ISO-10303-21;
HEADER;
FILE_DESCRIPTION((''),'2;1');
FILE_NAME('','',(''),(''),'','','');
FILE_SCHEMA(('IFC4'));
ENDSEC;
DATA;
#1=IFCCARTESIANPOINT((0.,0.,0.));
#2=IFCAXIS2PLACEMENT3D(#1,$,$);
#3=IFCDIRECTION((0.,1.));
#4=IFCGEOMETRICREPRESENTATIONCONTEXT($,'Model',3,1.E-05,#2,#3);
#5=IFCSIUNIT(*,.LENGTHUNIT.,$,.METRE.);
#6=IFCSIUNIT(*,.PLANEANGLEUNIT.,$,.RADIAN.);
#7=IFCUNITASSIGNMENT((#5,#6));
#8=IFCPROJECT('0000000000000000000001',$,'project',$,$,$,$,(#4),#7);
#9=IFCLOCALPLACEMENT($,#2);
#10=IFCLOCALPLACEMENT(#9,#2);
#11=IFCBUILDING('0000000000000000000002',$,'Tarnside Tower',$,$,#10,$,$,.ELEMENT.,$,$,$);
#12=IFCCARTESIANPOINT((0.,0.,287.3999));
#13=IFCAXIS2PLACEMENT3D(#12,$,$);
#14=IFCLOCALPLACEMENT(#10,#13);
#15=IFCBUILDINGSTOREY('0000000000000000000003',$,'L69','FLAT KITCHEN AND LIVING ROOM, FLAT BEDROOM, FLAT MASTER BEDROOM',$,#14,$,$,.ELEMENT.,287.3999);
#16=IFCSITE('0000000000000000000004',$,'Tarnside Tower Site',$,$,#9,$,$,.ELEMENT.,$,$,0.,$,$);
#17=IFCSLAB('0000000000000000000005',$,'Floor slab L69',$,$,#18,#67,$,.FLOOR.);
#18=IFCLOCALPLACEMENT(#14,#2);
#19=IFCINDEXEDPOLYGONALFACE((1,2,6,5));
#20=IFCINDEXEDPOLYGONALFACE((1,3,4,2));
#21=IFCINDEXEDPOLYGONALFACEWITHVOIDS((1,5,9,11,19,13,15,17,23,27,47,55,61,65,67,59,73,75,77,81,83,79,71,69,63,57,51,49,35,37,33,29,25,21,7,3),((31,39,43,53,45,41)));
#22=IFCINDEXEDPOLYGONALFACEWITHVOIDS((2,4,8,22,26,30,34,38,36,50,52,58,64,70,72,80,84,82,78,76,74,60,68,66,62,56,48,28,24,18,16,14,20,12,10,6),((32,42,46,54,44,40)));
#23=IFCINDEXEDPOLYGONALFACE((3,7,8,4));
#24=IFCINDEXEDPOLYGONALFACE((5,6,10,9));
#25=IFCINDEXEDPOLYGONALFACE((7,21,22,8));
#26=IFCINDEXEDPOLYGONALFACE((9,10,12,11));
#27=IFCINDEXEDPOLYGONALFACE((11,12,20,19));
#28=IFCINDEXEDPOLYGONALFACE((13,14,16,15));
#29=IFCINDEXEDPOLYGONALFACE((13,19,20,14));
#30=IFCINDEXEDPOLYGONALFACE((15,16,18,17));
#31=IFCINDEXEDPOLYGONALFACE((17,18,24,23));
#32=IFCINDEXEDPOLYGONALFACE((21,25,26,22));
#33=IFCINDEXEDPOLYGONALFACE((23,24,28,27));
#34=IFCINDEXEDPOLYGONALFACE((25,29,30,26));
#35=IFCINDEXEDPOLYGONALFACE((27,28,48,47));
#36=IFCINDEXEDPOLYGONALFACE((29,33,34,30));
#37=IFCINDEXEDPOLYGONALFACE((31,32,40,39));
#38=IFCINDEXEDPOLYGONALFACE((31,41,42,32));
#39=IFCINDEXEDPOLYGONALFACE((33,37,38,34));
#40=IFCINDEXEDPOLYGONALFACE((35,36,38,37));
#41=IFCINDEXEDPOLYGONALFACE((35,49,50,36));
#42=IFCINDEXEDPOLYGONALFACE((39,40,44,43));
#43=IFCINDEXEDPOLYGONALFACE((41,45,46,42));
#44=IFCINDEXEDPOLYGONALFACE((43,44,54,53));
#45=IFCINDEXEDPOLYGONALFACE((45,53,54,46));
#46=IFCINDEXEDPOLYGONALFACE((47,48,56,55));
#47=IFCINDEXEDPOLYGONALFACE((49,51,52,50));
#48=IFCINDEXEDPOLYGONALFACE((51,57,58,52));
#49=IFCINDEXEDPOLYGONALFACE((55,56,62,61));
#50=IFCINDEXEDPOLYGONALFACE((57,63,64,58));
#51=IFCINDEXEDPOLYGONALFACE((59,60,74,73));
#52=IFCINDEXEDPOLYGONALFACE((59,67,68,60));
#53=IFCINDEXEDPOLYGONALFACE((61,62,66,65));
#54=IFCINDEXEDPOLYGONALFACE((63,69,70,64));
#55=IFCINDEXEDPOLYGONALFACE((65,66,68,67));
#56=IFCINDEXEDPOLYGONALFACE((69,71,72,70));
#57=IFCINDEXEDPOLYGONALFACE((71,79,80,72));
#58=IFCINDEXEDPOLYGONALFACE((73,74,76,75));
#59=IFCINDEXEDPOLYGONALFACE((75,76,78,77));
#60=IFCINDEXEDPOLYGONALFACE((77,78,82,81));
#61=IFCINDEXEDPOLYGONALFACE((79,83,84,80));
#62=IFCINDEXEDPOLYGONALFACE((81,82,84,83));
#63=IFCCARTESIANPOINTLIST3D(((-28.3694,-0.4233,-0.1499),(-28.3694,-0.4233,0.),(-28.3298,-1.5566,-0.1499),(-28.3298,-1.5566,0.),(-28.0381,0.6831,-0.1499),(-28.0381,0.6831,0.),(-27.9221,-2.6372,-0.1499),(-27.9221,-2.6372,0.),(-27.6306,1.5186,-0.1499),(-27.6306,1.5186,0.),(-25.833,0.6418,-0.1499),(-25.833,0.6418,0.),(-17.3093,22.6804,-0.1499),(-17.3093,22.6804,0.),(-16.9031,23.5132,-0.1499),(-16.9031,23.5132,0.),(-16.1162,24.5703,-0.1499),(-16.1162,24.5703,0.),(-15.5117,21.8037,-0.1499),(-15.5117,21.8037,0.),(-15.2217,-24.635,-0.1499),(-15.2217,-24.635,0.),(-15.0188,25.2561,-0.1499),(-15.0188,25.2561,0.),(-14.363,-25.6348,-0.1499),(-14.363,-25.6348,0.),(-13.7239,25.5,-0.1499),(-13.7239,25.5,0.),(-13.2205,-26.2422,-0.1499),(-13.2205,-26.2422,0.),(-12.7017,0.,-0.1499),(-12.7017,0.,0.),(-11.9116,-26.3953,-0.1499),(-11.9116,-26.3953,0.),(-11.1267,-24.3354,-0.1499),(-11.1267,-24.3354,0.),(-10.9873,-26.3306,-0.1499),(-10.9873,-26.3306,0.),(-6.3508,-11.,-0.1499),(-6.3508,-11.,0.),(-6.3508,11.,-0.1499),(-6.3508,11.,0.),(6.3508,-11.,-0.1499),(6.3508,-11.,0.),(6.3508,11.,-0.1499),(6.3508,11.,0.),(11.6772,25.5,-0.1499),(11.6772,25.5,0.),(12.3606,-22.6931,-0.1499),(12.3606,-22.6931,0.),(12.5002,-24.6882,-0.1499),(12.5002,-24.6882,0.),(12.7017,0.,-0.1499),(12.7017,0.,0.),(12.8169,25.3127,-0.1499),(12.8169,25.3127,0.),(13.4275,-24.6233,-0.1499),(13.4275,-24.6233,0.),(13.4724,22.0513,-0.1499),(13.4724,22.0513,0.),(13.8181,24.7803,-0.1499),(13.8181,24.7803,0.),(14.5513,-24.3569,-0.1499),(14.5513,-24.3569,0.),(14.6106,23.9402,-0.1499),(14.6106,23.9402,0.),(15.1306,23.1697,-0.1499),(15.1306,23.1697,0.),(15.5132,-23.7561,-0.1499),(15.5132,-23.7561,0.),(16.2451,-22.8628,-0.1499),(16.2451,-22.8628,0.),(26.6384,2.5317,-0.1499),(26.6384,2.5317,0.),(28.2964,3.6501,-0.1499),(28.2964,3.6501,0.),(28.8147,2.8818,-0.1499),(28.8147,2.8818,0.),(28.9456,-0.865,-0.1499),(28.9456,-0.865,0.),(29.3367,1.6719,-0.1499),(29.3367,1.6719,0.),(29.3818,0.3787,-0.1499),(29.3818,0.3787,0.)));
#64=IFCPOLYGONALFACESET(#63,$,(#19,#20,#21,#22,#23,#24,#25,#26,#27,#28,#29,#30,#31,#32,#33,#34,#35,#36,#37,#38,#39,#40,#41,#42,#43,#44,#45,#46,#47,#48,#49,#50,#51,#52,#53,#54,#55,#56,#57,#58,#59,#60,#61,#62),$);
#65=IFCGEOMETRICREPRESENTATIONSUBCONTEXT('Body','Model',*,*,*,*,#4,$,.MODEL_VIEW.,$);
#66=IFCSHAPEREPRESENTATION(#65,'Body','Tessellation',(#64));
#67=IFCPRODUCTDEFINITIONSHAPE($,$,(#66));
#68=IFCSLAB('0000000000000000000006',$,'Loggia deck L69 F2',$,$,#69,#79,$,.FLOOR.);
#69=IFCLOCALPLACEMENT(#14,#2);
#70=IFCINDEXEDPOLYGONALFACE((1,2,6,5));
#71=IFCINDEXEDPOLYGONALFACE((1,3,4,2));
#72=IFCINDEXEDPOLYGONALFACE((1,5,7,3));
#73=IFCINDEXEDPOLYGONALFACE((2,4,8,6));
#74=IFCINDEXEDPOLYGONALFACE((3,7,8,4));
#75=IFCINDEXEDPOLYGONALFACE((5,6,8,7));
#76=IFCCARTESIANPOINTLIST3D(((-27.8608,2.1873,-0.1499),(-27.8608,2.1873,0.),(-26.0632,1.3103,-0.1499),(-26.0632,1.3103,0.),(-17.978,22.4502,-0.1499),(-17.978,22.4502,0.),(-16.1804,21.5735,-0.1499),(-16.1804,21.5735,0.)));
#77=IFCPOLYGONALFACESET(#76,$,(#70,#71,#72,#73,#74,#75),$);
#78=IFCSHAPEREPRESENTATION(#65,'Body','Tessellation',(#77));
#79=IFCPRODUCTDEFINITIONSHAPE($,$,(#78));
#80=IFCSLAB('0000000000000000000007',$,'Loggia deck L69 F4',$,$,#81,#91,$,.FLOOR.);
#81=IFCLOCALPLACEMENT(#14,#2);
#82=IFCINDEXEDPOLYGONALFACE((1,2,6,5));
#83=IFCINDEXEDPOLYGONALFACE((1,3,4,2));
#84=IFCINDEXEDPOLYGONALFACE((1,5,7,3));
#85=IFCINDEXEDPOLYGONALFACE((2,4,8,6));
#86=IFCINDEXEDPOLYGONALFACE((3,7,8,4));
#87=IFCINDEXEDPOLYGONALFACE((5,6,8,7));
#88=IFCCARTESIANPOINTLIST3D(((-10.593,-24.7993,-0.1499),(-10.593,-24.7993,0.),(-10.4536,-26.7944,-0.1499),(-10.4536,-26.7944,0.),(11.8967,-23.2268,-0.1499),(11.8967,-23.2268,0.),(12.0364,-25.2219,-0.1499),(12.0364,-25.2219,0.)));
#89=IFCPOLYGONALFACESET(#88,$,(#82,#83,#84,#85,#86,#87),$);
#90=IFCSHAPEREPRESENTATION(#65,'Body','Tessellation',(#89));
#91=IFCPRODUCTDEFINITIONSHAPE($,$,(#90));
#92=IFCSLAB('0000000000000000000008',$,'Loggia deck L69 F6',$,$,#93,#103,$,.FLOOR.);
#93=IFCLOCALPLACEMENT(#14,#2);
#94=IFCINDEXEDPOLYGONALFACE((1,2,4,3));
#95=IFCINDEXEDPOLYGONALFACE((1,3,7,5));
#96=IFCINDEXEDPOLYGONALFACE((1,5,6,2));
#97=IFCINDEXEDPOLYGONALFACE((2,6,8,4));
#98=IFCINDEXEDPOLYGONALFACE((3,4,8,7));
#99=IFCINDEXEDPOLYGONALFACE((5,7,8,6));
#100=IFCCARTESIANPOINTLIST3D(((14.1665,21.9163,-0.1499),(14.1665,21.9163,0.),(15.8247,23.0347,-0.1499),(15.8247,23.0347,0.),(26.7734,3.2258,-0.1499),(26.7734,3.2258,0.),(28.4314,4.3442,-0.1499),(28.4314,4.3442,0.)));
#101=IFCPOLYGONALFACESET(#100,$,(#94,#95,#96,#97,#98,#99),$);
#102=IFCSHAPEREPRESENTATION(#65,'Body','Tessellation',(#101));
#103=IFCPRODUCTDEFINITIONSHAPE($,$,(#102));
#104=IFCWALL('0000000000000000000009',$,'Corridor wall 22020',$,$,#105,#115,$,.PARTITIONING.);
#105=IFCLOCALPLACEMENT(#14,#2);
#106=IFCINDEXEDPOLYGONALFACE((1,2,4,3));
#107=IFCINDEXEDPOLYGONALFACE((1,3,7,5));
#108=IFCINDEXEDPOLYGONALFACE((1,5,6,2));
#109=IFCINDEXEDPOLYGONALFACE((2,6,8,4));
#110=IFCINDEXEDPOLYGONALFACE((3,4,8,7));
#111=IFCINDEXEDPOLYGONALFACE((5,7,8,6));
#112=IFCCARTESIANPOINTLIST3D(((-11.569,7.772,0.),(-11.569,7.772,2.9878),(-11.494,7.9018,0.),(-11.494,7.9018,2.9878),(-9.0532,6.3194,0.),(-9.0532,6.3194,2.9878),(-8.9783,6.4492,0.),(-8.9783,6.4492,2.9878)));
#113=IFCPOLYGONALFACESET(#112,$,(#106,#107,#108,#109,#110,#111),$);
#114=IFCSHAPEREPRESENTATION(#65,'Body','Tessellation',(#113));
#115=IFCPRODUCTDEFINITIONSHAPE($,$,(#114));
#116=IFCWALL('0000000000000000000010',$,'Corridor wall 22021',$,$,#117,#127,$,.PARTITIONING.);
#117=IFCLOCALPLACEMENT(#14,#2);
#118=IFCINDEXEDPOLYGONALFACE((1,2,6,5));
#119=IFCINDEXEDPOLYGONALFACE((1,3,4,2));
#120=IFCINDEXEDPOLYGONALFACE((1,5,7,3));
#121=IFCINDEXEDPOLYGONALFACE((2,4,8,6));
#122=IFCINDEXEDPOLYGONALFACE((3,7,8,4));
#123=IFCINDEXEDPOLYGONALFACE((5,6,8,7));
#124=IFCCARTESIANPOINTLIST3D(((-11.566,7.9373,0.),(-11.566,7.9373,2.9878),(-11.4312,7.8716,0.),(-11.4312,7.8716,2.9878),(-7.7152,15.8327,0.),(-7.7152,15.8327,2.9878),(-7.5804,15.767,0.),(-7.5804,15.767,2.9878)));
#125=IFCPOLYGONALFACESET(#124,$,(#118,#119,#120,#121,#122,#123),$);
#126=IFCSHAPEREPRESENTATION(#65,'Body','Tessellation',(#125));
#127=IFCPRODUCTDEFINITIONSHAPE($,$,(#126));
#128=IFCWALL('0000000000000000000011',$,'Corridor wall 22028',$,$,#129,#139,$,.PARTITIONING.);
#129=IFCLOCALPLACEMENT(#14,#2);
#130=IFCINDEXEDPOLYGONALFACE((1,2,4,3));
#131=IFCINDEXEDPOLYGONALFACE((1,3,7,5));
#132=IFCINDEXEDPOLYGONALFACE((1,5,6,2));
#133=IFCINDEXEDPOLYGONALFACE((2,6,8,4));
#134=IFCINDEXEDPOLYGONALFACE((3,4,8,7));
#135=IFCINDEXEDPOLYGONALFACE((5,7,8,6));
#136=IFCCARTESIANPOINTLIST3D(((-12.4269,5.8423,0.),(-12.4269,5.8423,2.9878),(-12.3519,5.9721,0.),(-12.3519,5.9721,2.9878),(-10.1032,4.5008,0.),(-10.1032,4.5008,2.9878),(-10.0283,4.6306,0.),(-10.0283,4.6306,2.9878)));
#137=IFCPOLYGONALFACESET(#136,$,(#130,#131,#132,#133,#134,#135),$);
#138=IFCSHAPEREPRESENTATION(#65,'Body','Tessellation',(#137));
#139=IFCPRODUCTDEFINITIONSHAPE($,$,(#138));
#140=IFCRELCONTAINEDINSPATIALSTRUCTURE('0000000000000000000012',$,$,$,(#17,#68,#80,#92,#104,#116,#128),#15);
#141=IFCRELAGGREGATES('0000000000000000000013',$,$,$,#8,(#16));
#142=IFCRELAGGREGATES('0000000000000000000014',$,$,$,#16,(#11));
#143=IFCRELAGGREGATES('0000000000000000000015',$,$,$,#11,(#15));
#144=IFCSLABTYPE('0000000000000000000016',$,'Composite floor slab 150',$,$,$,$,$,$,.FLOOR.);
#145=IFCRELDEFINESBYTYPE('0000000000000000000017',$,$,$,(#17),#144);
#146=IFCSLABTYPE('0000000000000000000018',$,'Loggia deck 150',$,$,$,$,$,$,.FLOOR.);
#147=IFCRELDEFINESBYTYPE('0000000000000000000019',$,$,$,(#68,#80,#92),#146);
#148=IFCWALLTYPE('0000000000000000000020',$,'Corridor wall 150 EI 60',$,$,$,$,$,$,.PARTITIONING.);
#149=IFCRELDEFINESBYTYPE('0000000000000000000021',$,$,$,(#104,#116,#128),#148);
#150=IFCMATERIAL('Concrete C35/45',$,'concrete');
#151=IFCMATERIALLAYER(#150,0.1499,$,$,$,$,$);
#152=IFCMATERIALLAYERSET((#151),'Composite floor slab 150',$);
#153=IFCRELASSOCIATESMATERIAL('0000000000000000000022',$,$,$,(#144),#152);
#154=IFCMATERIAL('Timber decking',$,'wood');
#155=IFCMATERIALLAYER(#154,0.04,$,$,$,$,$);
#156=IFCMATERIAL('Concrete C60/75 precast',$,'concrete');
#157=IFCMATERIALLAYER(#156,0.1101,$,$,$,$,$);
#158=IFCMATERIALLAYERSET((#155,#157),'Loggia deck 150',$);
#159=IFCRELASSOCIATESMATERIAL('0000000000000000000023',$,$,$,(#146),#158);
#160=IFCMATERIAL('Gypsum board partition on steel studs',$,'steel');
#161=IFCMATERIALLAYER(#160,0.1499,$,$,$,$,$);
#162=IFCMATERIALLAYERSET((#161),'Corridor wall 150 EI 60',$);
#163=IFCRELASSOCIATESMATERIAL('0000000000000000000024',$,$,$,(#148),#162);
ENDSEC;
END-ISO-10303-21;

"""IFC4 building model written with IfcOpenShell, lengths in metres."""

from ifc_helpers import new_model, si_unit, direction, frame, frame_2d, origin, place, context, subcontext, project, spatial, polyline, rectangle, outline, extrude, material, layer, layer_set, type_object, element, save


model = new_model("IFC4")

# Units and contexts
model_context = context("Model", 3, precision=1e-05, world=origin(), true_north=direction((0.0, 1.0)))
body_context = subcontext(model_context, "Body", "Model", "MODEL_VIEW")
ifc_project = project(units=[si_unit("LENGTHUNIT", "METRE"), si_unit("PLANEANGLEUNIT", "RADIAN")], contexts=[model_context])

# Site, building, storey
site_placement = place(None, origin())
site = spatial("IfcSite", under=ifc_project, at=site_placement, Name="Tarnside Tower Site", CompositionType="ELEMENT", RefElevation=0.0)
building_placement = place(site_placement, origin())
building = spatial("IfcBuilding", under=site, at=building_placement, Name="Tarnside Tower", CompositionType="ELEMENT")
storey_placement = place(building_placement, frame((0.0, 0.0, 287.3999)))
storey = spatial("IfcBuildingStorey", under=building, at=storey_placement, Name="L69", Description="FLAT KITCHEN AND LIVING ROOM, FLAT BEDROOM, FLAT MASTER BEDROOM", CompositionType="ELEMENT", Elevation=287.3999)

# Slabs
ifc_material_1 = material(Name="Concrete C35/45", Category="concrete")
ifc_layer_1 = layer(ifc_material_1, 0.1499)
ifc_layer_set_1 = layer_set([ifc_layer_1], Name="Composite floor slab 150")
slab_type_1 = type_object("IfcSlabType", Name="Composite floor slab 150", PredefinedType="FLOOR", material=ifc_layer_set_1)
slab_1_placement = place(storey_placement, frame((0.0, 0.0, -0.1499)))
element("IfcSlab", 1, at=slab_1_placement, inside=storey, type_object=slab_type_1, Name="Floor slab L69", PredefinedType="FLOOR", context=body_context, shape_type="SweptSolid", body=[
    extrude(outline(polyline([(12.8169, 25.3127), (13.8181, 24.7803), (14.6106, 23.9402), (15.1306, 23.1697), (13.4724, 22.0513), (26.6384, 2.5317), (28.2964, 3.6501), (28.8147, 2.8818), (29.3367, 1.6719), (29.3818, 0.3787), (28.9456, -0.865), (16.2451, -22.8628), (15.5132, -23.7561), (14.5513, -24.3569), (13.4275, -24.6233), (12.5002, -24.6882), (12.3606, -22.6931), (-11.1267, -24.3354), (-10.9873, -26.3306), (-11.9116, -26.3953), (-13.2205, -26.2422), (-14.363, -25.6348), (-15.2217, -24.635), (-27.9221, -2.6372), (-28.3298, -1.5566), (-28.3694, -0.4233), (-28.0381, 0.6831), (-27.6306, 1.5186), (-25.833, 0.6418), (-15.5117, 21.8037), (-17.3093, 22.6804), (-16.9031, 23.5132), (-16.1162, 24.5703), (-15.0188, 25.2561), (-13.7239, 25.5), (11.6772, 25.5), (12.8169, 25.3127)]), holes=[polyline([(-12.7017, 0.0), (-6.3508, -11.0), (6.3508, -11.0), (12.7017, 0.0), (6.3508, 11.0), (-6.3508, 11.0), (-12.7017, 0.0)])]), origin(), (0.0, 0.0, 1.0), 0.1499),
])
ifc_material_2 = material(Name="Timber decking", Category="wood")
ifc_layer_2 = layer(ifc_material_2, 0.04)
ifc_material_3 = material(Name="Concrete C60/75 precast", Category="concrete")
ifc_layer_3 = layer(ifc_material_3, 0.1101)
ifc_layer_set_2 = layer_set([ifc_layer_2, ifc_layer_3], Name="Loggia deck 150")
slab_type_2 = type_object("IfcSlabType", Name="Loggia deck 150", PredefinedType="FLOOR", material=ifc_layer_set_2)
slab_2_placement = place(storey_placement, frame((0.0, 0.0, -0.1499)))
element("IfcSlab", 2, at=slab_2_placement, inside=storey, type_object=slab_type_2, Name="Loggia deck L69 F2", PredefinedType="FLOOR", context=body_context, shape_type="SweptSolid", body=[
    extrude(outline(polyline([(-16.1804, 21.5735), (-26.0632, 1.3103), (-27.8608, 2.1873), (-17.978, 22.4502), (-16.1804, 21.5735)])), origin(), (0.0, 0.0, 1.0), 0.1499),
])
slab_3_placement = place(storey_placement, frame((0.0, 0.0, -0.1499)))
element("IfcSlab", 3, at=slab_3_placement, inside=storey, type_object=slab_type_2, Name="Loggia deck L69 F4", PredefinedType="FLOOR", context=body_context, shape_type="SweptSolid", body=[
    extrude(outline(polyline([(-10.593, -24.7993), (11.8967, -23.2268), (12.0364, -25.2219), (-10.4536, -26.7944), (-10.593, -24.7993)])), origin(), (0.0, 0.0, 1.0), 0.1499),
])
slab_4_placement = place(storey_placement, frame((0.0, 0.0, -0.1499)))
element("IfcSlab", 4, at=slab_4_placement, inside=storey, type_object=slab_type_2, Name="Loggia deck L69 F6", PredefinedType="FLOOR", context=body_context, shape_type="SweptSolid", body=[
    extrude(outline(polyline([(26.7734, 3.2258), (14.1665, 21.9163), (15.8247, 23.0347), (28.4314, 4.3442), (26.7734, 3.2258)])), origin(), (0.0, 0.0, 1.0), 0.1499),
])

# Walls
ifc_material_4 = material(Name="Gypsum board partition on steel studs", Category="steel")
ifc_layer_4 = layer(ifc_material_4, 0.1499)
ifc_layer_set_3 = layer_set([ifc_layer_4], Name="Corridor wall 150 EI 60")
wall_type_1 = type_object("IfcWallType", Name="Corridor wall 150 EI 60", PredefinedType="PARTITIONING", material=ifc_layer_set_3)
wall_1_placement = place(storey_placement, frame((-9.0156, 6.3843, 0.0), z_axis=(0.0, 0.0, 1.0), x_axis=(-0.866011, 0.500026, 0.0)))
element("IfcWall", 5, at=wall_1_placement, inside=storey, type_object=wall_type_1, Name="Corridor wall 22020", PredefinedType="PARTITIONING", context=body_context, shape_type="SweptSolid", body=[
    extrude(rectangle(XDim=2.905, YDim=0.1499, at=frame_2d((1.4526, 0.0))), origin(), (0.0, 0.0, 1.0), 2.9878),
])
wall_2_placement = place(storey_placement, frame((-11.4985, 7.9045, 0.0), z_axis=(0.0, 0.0, 1.0), x_axis=(0.438365, 0.898797, 0.0)))
element("IfcWall", 6, at=wall_2_placement, inside=storey, type_object=wall_type_1, Name="Corridor wall 22021", PredefinedType="PARTITIONING", context=body_context, shape_type="SweptSolid", body=[
    extrude(rectangle(XDim=8.7844, YDim=0.1499, at=frame_2d((4.3921, 0.0))), origin(), (0.0, 0.0, 1.0), 2.9878),
])
wall_3_placement = place(storey_placement, frame((-12.3894, 5.9072, 0.0), z_axis=(0.0, 0.0, 1.0), x_axis=(0.866034, -0.499985, 0.0)))
element("IfcWall", 7, at=wall_3_placement, inside=storey, type_object=wall_type_1, Name="Corridor wall 22028", PredefinedType="PARTITIONING", context=body_context, shape_type="SweptSolid", body=[
    extrude(rectangle(XDim=2.6831, YDim=0.1499, at=frame_2d((1.3416, 0.0))), origin(), (0.0, 0.0, 1.0), 2.9878),
])

save(model, "model.ifc")
